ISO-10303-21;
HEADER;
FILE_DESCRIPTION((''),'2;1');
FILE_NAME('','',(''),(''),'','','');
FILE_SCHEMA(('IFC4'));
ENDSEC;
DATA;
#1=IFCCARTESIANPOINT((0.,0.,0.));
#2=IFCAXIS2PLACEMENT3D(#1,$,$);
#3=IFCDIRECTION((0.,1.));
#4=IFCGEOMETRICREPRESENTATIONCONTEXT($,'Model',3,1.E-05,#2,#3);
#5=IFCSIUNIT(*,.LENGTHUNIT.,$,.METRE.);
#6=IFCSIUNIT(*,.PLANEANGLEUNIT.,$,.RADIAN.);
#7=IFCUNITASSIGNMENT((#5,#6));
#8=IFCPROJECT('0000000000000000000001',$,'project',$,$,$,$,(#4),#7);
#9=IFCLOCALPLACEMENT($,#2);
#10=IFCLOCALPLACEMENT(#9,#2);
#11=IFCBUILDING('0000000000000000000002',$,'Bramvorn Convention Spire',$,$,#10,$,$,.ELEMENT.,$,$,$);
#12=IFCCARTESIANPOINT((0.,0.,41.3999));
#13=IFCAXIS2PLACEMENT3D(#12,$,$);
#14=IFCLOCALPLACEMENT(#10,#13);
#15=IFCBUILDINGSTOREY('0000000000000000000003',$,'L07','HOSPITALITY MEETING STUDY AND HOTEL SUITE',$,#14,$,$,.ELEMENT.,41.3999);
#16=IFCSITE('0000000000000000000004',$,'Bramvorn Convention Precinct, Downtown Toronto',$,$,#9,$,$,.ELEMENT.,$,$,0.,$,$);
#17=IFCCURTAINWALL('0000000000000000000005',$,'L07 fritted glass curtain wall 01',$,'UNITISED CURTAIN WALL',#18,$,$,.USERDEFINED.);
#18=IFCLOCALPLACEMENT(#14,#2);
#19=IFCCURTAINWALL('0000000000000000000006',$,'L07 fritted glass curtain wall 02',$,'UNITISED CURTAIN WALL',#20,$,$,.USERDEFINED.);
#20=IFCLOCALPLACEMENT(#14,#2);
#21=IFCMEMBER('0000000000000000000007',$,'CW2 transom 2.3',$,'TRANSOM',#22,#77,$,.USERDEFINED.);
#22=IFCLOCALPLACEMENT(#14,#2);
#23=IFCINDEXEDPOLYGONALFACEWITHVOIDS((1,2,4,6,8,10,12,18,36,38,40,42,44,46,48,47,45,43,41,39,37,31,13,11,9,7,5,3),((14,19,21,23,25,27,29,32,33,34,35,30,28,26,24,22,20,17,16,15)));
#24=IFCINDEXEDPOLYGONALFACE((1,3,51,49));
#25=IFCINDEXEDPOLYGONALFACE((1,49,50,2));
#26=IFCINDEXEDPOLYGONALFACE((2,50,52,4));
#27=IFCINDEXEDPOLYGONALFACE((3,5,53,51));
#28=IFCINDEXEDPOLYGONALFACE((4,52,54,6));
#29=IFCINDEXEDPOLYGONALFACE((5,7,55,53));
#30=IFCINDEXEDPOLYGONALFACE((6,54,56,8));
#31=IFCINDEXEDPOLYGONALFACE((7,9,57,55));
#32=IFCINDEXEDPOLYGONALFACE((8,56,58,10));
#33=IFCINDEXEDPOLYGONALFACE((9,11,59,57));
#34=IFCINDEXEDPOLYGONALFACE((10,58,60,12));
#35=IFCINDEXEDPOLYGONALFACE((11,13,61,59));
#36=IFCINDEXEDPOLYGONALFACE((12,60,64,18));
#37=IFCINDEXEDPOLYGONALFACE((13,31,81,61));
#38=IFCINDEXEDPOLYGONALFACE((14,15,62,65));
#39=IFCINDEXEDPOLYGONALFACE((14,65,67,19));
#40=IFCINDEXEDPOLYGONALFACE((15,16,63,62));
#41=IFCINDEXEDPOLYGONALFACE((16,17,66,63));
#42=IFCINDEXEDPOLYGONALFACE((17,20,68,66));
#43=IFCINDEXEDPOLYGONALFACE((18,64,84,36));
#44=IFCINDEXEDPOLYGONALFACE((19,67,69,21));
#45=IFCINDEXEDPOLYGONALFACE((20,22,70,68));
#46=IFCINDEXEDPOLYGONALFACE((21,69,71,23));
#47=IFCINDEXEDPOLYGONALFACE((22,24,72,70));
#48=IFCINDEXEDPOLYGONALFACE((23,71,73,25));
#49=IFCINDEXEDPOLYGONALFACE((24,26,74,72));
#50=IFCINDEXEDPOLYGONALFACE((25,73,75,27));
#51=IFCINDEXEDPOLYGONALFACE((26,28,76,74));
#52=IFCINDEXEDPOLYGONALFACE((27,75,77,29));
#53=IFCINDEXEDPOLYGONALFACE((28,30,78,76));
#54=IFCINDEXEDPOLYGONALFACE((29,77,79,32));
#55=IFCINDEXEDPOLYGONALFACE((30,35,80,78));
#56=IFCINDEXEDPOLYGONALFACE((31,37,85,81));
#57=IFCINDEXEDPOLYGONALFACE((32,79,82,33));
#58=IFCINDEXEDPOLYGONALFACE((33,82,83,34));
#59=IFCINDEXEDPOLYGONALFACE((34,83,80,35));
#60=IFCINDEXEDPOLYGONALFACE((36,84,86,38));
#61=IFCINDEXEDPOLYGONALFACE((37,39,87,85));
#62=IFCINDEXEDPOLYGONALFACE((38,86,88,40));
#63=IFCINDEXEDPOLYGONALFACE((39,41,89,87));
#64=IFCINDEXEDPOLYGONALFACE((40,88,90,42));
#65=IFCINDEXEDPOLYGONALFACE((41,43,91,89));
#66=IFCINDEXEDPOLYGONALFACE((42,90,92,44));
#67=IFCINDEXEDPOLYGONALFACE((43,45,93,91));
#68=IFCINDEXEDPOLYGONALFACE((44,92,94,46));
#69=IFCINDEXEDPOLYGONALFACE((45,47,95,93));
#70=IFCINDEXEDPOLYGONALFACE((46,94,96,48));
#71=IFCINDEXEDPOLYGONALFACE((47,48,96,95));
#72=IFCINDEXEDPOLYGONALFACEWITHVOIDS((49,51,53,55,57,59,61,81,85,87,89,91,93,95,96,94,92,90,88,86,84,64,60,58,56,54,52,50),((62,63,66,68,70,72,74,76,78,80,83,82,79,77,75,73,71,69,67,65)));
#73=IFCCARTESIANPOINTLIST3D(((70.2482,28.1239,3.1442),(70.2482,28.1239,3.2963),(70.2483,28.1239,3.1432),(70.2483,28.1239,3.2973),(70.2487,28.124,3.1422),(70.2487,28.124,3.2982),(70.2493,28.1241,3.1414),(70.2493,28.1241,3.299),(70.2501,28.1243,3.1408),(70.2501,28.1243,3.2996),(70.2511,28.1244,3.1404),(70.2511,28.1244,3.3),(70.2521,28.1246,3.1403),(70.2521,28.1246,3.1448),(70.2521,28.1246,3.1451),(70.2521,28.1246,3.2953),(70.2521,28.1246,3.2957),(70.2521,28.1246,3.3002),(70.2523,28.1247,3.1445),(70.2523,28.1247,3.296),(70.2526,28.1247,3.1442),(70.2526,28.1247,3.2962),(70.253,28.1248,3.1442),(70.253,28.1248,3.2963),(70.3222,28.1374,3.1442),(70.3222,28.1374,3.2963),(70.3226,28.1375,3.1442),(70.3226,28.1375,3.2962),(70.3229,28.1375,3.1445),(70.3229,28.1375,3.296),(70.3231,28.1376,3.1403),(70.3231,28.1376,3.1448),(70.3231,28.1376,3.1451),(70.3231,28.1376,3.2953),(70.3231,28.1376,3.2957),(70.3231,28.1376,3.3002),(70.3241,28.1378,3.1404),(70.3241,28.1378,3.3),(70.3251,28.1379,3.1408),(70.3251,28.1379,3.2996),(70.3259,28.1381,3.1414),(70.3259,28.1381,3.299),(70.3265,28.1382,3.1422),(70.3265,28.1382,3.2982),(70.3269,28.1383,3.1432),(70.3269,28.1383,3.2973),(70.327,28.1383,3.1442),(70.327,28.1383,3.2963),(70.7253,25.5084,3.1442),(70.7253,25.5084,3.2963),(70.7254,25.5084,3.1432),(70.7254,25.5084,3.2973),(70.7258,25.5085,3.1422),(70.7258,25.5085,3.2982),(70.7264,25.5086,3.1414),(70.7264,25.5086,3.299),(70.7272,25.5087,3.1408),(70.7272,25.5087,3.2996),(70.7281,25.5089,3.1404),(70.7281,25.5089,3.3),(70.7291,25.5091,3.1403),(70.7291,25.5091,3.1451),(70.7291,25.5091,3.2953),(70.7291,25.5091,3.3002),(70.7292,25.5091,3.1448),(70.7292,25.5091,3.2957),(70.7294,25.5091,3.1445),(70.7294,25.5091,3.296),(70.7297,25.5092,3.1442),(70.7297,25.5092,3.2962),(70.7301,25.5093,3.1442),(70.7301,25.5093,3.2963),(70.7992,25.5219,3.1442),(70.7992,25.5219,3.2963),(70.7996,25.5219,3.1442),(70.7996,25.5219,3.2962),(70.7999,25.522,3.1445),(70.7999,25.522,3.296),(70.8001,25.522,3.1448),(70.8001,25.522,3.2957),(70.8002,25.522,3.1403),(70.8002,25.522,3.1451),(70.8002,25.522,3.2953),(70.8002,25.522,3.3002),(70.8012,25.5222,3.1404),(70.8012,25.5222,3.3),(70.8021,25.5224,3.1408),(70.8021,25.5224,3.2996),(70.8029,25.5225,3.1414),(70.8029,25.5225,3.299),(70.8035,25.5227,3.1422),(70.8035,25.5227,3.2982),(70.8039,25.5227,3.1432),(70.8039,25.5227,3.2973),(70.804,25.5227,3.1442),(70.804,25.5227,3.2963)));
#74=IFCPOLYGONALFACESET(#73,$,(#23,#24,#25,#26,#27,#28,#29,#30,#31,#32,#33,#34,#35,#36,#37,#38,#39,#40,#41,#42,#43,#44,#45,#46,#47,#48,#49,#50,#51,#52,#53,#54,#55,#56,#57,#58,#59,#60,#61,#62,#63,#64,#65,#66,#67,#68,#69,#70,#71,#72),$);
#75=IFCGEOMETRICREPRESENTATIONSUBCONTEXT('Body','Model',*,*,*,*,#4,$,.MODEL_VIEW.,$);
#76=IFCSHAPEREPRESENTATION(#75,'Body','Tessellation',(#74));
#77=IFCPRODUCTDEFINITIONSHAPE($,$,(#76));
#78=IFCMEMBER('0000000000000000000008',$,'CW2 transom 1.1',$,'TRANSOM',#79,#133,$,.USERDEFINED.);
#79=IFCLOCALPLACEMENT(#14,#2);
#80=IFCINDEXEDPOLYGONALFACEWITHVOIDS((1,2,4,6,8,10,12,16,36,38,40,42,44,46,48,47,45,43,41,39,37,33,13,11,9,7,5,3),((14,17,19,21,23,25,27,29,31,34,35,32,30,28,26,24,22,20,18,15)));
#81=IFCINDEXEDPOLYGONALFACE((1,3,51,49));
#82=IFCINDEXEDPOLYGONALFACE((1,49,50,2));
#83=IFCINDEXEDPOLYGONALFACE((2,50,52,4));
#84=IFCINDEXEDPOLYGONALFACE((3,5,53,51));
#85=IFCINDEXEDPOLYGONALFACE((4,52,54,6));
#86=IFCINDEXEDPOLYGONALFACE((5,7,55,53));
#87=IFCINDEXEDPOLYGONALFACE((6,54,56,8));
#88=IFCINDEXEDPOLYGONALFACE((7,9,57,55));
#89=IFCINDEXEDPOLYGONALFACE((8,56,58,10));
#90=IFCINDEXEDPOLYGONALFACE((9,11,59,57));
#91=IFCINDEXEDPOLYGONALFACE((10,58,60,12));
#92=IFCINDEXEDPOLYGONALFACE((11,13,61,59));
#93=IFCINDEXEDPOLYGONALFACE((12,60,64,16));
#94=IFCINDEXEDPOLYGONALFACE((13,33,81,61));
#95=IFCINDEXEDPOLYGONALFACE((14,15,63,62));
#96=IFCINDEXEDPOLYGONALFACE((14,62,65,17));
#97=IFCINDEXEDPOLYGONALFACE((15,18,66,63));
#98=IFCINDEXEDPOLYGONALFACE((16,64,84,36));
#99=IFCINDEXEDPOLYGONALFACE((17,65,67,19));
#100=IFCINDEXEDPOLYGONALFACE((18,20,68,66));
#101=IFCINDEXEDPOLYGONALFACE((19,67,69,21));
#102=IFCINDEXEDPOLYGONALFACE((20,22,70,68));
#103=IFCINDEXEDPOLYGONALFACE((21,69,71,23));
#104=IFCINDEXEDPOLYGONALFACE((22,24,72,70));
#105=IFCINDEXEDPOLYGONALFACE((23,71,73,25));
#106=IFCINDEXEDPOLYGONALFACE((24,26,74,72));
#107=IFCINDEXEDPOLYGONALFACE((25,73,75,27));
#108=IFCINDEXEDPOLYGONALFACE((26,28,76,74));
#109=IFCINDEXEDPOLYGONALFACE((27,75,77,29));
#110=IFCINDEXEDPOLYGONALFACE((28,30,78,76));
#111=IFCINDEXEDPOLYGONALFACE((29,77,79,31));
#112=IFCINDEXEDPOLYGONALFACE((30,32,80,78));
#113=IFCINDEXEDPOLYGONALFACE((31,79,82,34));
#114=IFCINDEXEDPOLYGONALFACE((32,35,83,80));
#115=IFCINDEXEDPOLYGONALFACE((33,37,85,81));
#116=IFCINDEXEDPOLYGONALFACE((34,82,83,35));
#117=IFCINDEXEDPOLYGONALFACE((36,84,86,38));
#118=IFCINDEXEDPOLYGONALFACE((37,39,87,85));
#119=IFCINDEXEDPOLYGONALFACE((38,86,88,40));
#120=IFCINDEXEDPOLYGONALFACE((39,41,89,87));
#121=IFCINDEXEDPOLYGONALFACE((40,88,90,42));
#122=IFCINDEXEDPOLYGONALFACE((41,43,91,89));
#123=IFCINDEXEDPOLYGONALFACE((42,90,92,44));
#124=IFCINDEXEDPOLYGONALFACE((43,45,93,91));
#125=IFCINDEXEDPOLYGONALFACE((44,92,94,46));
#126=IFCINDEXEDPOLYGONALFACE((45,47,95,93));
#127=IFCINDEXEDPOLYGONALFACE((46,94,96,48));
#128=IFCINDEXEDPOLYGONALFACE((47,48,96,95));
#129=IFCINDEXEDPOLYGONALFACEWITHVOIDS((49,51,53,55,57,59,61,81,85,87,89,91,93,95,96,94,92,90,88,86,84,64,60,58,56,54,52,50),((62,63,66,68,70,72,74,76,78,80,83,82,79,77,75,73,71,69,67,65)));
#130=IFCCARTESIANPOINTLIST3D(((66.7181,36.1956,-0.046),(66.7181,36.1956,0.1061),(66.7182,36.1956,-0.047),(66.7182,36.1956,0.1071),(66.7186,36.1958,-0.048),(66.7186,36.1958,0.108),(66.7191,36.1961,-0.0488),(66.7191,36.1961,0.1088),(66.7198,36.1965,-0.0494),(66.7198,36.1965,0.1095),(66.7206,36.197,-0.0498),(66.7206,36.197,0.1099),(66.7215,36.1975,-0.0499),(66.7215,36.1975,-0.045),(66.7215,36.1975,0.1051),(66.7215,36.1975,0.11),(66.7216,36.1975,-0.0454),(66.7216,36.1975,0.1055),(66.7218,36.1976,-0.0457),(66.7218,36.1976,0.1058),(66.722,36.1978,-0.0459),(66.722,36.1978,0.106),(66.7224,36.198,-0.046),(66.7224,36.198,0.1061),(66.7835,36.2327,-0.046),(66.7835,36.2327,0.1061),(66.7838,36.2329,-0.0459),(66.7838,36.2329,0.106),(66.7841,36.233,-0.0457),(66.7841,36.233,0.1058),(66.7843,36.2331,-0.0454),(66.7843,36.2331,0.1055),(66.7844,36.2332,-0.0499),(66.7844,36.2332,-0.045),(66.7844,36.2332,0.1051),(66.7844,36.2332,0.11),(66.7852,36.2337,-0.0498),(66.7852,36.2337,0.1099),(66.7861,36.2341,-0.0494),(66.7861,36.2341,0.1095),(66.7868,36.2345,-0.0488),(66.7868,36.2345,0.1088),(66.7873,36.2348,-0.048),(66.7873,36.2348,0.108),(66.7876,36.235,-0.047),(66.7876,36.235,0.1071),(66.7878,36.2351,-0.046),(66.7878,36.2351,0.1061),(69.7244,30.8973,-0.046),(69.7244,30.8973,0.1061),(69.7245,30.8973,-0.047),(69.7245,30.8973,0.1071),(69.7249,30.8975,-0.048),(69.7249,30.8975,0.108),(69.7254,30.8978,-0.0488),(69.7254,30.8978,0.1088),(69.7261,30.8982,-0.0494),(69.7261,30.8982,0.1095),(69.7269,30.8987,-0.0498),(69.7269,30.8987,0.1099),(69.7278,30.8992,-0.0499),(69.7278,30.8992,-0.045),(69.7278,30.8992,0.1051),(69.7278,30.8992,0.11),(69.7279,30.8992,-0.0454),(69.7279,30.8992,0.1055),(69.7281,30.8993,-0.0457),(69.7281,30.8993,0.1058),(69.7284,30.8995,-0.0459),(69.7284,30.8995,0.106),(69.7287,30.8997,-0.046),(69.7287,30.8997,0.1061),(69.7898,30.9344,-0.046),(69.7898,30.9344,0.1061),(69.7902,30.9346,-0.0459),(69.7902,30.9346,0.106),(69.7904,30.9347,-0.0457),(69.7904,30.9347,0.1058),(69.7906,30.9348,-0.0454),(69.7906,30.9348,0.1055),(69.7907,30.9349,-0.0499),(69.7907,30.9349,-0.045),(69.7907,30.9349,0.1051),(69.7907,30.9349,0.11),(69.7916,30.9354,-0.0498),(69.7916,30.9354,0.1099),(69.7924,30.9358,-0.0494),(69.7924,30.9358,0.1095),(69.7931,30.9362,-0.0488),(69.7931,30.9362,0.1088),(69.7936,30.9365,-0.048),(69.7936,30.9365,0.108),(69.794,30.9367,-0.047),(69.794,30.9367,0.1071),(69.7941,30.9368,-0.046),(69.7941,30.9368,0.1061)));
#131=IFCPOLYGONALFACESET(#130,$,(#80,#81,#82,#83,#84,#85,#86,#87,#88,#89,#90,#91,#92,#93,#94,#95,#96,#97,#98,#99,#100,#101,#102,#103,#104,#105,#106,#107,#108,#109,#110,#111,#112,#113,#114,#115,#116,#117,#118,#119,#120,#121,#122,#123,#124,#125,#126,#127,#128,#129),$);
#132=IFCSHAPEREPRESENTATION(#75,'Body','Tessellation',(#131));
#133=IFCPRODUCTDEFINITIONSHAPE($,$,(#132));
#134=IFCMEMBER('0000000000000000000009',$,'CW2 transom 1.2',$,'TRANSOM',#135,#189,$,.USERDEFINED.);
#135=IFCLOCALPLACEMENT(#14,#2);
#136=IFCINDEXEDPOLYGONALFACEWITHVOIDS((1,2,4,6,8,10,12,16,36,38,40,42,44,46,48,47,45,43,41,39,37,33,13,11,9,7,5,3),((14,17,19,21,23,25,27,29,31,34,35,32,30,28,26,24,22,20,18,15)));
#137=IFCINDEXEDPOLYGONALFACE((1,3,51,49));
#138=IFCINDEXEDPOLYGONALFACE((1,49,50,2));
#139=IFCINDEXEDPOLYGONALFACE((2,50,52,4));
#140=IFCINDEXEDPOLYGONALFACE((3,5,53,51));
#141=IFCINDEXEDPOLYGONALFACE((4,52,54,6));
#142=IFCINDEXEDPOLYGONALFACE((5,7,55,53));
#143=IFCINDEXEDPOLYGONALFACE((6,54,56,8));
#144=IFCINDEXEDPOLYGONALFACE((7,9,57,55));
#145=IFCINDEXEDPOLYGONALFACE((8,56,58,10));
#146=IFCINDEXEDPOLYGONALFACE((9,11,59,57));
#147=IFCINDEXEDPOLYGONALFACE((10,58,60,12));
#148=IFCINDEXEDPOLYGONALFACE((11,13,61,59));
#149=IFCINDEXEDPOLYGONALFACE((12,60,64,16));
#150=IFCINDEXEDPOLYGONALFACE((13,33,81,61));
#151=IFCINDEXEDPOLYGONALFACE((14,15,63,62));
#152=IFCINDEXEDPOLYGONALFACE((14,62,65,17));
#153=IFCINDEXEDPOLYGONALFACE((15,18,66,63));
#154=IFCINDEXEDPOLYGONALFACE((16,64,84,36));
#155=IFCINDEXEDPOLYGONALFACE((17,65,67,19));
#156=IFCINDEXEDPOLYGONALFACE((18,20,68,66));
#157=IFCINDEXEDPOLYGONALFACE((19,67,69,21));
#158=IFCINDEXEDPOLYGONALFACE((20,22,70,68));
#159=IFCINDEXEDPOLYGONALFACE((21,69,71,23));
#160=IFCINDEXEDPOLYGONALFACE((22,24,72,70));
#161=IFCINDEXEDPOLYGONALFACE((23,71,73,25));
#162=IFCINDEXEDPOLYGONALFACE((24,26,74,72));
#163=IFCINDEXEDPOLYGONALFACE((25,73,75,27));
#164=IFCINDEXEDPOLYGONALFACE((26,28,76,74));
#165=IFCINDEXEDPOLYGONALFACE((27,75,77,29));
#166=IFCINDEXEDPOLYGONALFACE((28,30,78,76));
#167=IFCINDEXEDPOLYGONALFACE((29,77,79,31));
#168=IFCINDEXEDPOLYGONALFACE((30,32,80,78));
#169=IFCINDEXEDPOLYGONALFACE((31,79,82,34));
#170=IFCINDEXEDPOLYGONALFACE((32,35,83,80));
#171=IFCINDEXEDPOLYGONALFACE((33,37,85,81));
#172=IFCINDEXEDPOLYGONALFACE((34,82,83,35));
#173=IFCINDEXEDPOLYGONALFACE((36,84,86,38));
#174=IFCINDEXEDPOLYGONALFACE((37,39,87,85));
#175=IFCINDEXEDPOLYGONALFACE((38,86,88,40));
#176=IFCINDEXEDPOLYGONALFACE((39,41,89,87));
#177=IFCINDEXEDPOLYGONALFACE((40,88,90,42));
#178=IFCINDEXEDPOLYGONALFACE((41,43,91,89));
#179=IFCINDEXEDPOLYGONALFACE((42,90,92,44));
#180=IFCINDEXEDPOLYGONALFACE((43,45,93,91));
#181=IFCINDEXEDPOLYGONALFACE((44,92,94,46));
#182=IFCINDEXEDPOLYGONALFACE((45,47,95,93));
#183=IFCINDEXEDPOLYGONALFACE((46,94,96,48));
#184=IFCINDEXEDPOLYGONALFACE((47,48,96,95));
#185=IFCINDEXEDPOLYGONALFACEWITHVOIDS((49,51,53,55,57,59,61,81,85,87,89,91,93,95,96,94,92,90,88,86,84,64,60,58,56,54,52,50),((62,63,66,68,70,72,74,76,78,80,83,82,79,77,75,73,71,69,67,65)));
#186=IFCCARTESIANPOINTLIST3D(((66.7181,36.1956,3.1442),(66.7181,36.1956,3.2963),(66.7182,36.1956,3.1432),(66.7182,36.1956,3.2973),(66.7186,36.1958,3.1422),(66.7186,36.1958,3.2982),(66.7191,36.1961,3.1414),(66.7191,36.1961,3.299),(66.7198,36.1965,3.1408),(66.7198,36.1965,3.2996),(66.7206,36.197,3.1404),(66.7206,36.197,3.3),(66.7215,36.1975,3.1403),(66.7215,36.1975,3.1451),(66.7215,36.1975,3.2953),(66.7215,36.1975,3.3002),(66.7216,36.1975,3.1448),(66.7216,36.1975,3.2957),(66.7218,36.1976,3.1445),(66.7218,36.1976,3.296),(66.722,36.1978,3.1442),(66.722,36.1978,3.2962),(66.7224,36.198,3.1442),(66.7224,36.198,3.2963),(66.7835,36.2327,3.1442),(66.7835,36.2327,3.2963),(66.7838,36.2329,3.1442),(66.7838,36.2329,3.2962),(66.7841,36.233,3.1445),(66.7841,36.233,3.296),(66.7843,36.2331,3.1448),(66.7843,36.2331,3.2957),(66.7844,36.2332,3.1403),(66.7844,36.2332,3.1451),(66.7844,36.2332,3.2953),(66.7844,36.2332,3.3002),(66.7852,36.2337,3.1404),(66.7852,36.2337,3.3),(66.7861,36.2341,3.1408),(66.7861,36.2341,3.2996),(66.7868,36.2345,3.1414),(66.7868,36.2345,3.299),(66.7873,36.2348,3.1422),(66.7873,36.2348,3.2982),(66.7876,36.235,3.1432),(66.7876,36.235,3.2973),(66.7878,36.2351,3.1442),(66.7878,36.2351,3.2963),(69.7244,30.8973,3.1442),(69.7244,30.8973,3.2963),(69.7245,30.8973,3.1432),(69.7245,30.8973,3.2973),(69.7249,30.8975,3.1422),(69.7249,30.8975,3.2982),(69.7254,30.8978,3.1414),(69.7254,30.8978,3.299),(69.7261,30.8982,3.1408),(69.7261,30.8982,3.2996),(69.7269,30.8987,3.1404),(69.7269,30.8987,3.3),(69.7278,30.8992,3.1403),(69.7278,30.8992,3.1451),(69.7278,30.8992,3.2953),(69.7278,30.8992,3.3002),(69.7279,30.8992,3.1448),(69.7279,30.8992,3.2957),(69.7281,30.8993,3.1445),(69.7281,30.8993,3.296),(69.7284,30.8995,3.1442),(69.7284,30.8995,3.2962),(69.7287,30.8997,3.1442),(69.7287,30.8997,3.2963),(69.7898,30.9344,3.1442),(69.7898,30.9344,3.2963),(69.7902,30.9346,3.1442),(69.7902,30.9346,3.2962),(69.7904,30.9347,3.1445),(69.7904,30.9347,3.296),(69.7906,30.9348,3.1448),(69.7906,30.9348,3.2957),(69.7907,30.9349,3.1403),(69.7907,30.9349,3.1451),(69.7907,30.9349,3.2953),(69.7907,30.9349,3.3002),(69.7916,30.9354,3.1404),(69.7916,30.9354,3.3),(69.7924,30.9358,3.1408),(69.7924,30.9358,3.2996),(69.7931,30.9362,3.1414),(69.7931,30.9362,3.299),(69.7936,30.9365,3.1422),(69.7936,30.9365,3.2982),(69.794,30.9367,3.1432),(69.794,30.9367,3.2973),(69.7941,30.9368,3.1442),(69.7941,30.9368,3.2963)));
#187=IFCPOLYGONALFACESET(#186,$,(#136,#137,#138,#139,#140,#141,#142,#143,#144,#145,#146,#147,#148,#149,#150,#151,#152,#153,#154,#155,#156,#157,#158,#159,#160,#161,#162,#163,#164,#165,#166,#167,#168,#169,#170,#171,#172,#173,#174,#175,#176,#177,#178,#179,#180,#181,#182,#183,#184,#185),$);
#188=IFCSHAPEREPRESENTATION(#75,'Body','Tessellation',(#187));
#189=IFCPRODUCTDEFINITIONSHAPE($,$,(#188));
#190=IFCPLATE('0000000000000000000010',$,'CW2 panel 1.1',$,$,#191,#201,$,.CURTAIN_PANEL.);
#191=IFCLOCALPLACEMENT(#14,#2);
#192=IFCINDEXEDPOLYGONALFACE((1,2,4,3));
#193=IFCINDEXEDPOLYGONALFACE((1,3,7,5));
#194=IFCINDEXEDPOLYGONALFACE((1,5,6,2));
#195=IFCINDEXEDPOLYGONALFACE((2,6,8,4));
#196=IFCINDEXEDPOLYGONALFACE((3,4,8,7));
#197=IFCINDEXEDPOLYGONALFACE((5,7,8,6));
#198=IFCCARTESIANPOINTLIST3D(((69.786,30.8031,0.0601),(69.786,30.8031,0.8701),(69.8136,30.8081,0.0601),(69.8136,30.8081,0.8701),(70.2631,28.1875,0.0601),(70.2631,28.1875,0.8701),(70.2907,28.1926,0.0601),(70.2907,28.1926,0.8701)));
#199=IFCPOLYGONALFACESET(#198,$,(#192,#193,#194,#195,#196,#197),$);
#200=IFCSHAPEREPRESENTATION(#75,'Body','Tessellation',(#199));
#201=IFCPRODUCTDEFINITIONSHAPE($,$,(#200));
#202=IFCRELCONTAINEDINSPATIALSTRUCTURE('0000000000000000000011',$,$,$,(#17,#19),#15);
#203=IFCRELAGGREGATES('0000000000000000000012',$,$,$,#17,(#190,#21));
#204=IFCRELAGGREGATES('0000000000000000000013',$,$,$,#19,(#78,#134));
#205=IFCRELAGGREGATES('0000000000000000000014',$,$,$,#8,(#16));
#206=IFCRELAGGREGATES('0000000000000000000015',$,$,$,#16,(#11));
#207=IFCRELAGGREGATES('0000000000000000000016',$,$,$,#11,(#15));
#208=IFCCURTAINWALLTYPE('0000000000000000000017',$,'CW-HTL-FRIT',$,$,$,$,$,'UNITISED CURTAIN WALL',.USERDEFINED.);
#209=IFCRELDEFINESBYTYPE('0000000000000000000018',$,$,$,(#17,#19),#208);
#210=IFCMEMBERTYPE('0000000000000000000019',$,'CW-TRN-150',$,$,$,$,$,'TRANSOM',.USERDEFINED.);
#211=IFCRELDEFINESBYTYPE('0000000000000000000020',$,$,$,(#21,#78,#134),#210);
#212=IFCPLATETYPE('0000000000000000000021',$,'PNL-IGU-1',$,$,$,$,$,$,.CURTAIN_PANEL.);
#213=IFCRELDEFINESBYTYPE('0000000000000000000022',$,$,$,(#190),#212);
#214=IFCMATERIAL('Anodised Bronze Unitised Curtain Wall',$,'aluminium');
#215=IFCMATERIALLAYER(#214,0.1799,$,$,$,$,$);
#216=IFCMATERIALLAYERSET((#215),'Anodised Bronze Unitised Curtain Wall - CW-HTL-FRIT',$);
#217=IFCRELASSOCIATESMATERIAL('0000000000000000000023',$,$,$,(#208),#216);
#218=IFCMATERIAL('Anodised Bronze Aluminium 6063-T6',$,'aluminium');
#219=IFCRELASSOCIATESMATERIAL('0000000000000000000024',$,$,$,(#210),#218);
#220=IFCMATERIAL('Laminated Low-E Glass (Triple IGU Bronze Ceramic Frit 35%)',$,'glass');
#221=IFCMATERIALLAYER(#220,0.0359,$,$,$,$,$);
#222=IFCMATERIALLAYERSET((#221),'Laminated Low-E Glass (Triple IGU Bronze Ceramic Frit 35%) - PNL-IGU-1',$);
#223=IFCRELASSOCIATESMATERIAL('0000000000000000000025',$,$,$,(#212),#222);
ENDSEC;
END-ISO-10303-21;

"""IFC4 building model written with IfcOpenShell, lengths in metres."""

from ifc_helpers import new_model, si_unit, direction, frame, origin, origin_2d, place, context, subcontext, project, spatial, rectangle, hollow_rectangle, extrude, material, layer, layer_set, material_profile, profile_set, type_object, element, aggregate, save


model = new_model("IFC4")

# Units and contexts
model_context = context("Model", 3, precision=1e-05, world=origin(), true_north=direction((0.0, 1.0)))
body_context = subcontext(model_context, "Body", "Model", "MODEL_VIEW")
ifc_project = project(units=[si_unit("LENGTHUNIT", "METRE"), si_unit("PLANEANGLEUNIT", "RADIAN")], contexts=[model_context])

# Site, building, storey
site_placement = place(None, origin())
site = spatial("IfcSite", under=ifc_project, at=site_placement, Name="Bramvorn Convention Precinct, Downtown Toronto", CompositionType="ELEMENT", RefElevation=0.0)
building_placement = place(site_placement, origin())
building = spatial("IfcBuilding", under=site, at=building_placement, Name="Bramvorn Convention Spire", CompositionType="ELEMENT")
storey_placement = place(building_placement, frame((0.0, 0.0, 41.3999)))
storey = spatial("IfcBuildingStorey", under=building, at=storey_placement, Name="L07", Description="HOSPITALITY MEETING STUDY AND HOTEL SUITE", CompositionType="ELEMENT", Elevation=41.3999)

# Curtain walls
ifc_material_1 = material(Name="Anodised Bronze Unitised Curtain Wall", Category="aluminium")
ifc_layer_1 = layer(ifc_material_1, 0.1799)
ifc_layer_set_1 = layer_set([ifc_layer_1], Name="Anodised Bronze Unitised Curtain Wall - CW-HTL-FRIT")
curtain_wall_type = type_object("IfcCurtainWallType", Name="CW-HTL-FRIT", ElementType="UNITISED CURTAIN WALL", PredefinedType="USERDEFINED", material=ifc_layer_set_1)
curtain_wall_1_placement = place(storey_placement, origin())
curtain_wall_1 = element("IfcCurtainWall", 1, at=curtain_wall_1_placement, inside=storey, type_object=curtain_wall_type, Name="L07 fritted glass curtain wall 01", ObjectType="UNITISED CURTAIN WALL", PredefinedType="USERDEFINED")
ifc_material_2 = material(Name="Anodised Bronze Aluminium 6063-T6", Category="aluminium")
curtain_wall_2_placement = place(storey_placement, origin())
curtain_wall_2 = element("IfcCurtainWall", 2, at=curtain_wall_2_placement, inside=storey, type_object=curtain_wall_type, Name="L07 fritted glass curtain wall 02", ObjectType="UNITISED CURTAIN WALL", PredefinedType="USERDEFINED")

# Members
ifc_material_profile_1 = material_profile(ifc_material_2, hollow_rectangle(XDim=0.0801, YDim=0.1599, WallThickness=0.0039, InnerFilletRadius=0.001, OuterFilletRadius=0.0039, at=origin_2d()))
ifc_profile_set_1 = profile_set([ifc_material_profile_1], Name="Anodised Bronze Aluminium 6063-T6 - CWT80X160")
member_type_1 = type_object("IfcMemberType", Name="CW-TRN-150", ElementType="TRANSOM", PredefinedType="USERDEFINED", material=ifc_profile_set_1)
member_1_placement = place(storey_placement, frame((70.2876, 28.1311, 3.2202), z_axis=(0.179435, -0.98377, 0.0), x_axis=(0.98377, 0.179435, 0.0)))
member_1 = element("IfcMember", 3, at=member_1_placement, type_object=member_type_1, Name="CW2 transom 2.3", ObjectType="TRANSOM", PredefinedType="USERDEFINED", context=body_context, shape_type="SweptSolid", body=[
    extrude(hollow_rectangle(XDim=0.0801, YDim=0.1599, WallThickness=0.0039, InnerFilletRadius=0.001, OuterFilletRadius=0.0039, at=origin_2d()), origin(), (0.0, 0.0, 1.0), 2.6587),
])
member_2_placement = place(storey_placement, frame((66.7529, 36.2153, 0.03), z_axis=(0.493504, -0.869744, 0.0), x_axis=(0.869744, 0.493504, 0.0)))
member_2 = element("IfcMember", 4, at=member_2_placement, type_object=member_type_1, Name="CW2 transom 1.1", ObjectType="TRANSOM", PredefinedType="USERDEFINED", context=body_context, shape_type="SweptSolid", body=[
    extrude(hollow_rectangle(XDim=0.0801, YDim=0.1599, WallThickness=0.0039, InnerFilletRadius=0.001, OuterFilletRadius=0.0039, at=origin_2d()), origin(), (0.0, 0.0, 1.0), 6.0918),
])
member_3_placement = place(storey_placement, frame((66.7529, 36.2153, 3.2202), z_axis=(0.493504, -0.869744, 0.0), x_axis=(0.869744, 0.493504, 0.0)))
member_3 = element("IfcMember", 5, at=member_3_placement, type_object=member_type_1, Name="CW2 transom 1.2", ObjectType="TRANSOM", PredefinedType="USERDEFINED", context=body_context, shape_type="SweptSolid", body=[
    extrude(hollow_rectangle(XDim=0.0801, YDim=0.1599, WallThickness=0.0039, InnerFilletRadius=0.001, OuterFilletRadius=0.0039, at=origin_2d()), origin(), (0.0, 0.0, 1.0), 6.0918),
])

# Plate
ifc_material_3 = material(Name="Laminated Low-E Glass (Triple IGU Bronze Ceramic Frit 35%)", Category="glass")
ifc_layer_2 = layer(ifc_material_3, 0.0359)
ifc_layer_set_2 = layer_set([ifc_layer_2], Name="Laminated Low-E Glass (Triple IGU Bronze Ceramic Frit 35%) - PNL-IGU-1")
plate_type = type_object("IfcPlateType", Name="PNL-IGU-1", PredefinedType="CURTAIN_PANEL", material=ifc_layer_set_2)
plate_1_placement = place(storey_placement, frame((70.0383, 29.4978, 0.0601), z_axis=(0.0, 0.0, 1.0), x_axis=(0.179447, -0.983768, 0.0)))
plate_1 = element("IfcPlate", 6, at=plate_1_placement, type_object=plate_type, Name="CW2 panel 1.1", PredefinedType="CURTAIN_PANEL", context=body_context, shape_type="SweptSolid", body=[
    extrude(rectangle(XDim=2.6587, YDim=0.0281, at=origin_2d()), origin(), (0.0, 0.0, 1.0), 0.8101),
])
aggregate(curtain_wall_1, [plate_1, member_1])
aggregate(curtain_wall_2, [member_2, member_3])

save(model, "model.ifc")
